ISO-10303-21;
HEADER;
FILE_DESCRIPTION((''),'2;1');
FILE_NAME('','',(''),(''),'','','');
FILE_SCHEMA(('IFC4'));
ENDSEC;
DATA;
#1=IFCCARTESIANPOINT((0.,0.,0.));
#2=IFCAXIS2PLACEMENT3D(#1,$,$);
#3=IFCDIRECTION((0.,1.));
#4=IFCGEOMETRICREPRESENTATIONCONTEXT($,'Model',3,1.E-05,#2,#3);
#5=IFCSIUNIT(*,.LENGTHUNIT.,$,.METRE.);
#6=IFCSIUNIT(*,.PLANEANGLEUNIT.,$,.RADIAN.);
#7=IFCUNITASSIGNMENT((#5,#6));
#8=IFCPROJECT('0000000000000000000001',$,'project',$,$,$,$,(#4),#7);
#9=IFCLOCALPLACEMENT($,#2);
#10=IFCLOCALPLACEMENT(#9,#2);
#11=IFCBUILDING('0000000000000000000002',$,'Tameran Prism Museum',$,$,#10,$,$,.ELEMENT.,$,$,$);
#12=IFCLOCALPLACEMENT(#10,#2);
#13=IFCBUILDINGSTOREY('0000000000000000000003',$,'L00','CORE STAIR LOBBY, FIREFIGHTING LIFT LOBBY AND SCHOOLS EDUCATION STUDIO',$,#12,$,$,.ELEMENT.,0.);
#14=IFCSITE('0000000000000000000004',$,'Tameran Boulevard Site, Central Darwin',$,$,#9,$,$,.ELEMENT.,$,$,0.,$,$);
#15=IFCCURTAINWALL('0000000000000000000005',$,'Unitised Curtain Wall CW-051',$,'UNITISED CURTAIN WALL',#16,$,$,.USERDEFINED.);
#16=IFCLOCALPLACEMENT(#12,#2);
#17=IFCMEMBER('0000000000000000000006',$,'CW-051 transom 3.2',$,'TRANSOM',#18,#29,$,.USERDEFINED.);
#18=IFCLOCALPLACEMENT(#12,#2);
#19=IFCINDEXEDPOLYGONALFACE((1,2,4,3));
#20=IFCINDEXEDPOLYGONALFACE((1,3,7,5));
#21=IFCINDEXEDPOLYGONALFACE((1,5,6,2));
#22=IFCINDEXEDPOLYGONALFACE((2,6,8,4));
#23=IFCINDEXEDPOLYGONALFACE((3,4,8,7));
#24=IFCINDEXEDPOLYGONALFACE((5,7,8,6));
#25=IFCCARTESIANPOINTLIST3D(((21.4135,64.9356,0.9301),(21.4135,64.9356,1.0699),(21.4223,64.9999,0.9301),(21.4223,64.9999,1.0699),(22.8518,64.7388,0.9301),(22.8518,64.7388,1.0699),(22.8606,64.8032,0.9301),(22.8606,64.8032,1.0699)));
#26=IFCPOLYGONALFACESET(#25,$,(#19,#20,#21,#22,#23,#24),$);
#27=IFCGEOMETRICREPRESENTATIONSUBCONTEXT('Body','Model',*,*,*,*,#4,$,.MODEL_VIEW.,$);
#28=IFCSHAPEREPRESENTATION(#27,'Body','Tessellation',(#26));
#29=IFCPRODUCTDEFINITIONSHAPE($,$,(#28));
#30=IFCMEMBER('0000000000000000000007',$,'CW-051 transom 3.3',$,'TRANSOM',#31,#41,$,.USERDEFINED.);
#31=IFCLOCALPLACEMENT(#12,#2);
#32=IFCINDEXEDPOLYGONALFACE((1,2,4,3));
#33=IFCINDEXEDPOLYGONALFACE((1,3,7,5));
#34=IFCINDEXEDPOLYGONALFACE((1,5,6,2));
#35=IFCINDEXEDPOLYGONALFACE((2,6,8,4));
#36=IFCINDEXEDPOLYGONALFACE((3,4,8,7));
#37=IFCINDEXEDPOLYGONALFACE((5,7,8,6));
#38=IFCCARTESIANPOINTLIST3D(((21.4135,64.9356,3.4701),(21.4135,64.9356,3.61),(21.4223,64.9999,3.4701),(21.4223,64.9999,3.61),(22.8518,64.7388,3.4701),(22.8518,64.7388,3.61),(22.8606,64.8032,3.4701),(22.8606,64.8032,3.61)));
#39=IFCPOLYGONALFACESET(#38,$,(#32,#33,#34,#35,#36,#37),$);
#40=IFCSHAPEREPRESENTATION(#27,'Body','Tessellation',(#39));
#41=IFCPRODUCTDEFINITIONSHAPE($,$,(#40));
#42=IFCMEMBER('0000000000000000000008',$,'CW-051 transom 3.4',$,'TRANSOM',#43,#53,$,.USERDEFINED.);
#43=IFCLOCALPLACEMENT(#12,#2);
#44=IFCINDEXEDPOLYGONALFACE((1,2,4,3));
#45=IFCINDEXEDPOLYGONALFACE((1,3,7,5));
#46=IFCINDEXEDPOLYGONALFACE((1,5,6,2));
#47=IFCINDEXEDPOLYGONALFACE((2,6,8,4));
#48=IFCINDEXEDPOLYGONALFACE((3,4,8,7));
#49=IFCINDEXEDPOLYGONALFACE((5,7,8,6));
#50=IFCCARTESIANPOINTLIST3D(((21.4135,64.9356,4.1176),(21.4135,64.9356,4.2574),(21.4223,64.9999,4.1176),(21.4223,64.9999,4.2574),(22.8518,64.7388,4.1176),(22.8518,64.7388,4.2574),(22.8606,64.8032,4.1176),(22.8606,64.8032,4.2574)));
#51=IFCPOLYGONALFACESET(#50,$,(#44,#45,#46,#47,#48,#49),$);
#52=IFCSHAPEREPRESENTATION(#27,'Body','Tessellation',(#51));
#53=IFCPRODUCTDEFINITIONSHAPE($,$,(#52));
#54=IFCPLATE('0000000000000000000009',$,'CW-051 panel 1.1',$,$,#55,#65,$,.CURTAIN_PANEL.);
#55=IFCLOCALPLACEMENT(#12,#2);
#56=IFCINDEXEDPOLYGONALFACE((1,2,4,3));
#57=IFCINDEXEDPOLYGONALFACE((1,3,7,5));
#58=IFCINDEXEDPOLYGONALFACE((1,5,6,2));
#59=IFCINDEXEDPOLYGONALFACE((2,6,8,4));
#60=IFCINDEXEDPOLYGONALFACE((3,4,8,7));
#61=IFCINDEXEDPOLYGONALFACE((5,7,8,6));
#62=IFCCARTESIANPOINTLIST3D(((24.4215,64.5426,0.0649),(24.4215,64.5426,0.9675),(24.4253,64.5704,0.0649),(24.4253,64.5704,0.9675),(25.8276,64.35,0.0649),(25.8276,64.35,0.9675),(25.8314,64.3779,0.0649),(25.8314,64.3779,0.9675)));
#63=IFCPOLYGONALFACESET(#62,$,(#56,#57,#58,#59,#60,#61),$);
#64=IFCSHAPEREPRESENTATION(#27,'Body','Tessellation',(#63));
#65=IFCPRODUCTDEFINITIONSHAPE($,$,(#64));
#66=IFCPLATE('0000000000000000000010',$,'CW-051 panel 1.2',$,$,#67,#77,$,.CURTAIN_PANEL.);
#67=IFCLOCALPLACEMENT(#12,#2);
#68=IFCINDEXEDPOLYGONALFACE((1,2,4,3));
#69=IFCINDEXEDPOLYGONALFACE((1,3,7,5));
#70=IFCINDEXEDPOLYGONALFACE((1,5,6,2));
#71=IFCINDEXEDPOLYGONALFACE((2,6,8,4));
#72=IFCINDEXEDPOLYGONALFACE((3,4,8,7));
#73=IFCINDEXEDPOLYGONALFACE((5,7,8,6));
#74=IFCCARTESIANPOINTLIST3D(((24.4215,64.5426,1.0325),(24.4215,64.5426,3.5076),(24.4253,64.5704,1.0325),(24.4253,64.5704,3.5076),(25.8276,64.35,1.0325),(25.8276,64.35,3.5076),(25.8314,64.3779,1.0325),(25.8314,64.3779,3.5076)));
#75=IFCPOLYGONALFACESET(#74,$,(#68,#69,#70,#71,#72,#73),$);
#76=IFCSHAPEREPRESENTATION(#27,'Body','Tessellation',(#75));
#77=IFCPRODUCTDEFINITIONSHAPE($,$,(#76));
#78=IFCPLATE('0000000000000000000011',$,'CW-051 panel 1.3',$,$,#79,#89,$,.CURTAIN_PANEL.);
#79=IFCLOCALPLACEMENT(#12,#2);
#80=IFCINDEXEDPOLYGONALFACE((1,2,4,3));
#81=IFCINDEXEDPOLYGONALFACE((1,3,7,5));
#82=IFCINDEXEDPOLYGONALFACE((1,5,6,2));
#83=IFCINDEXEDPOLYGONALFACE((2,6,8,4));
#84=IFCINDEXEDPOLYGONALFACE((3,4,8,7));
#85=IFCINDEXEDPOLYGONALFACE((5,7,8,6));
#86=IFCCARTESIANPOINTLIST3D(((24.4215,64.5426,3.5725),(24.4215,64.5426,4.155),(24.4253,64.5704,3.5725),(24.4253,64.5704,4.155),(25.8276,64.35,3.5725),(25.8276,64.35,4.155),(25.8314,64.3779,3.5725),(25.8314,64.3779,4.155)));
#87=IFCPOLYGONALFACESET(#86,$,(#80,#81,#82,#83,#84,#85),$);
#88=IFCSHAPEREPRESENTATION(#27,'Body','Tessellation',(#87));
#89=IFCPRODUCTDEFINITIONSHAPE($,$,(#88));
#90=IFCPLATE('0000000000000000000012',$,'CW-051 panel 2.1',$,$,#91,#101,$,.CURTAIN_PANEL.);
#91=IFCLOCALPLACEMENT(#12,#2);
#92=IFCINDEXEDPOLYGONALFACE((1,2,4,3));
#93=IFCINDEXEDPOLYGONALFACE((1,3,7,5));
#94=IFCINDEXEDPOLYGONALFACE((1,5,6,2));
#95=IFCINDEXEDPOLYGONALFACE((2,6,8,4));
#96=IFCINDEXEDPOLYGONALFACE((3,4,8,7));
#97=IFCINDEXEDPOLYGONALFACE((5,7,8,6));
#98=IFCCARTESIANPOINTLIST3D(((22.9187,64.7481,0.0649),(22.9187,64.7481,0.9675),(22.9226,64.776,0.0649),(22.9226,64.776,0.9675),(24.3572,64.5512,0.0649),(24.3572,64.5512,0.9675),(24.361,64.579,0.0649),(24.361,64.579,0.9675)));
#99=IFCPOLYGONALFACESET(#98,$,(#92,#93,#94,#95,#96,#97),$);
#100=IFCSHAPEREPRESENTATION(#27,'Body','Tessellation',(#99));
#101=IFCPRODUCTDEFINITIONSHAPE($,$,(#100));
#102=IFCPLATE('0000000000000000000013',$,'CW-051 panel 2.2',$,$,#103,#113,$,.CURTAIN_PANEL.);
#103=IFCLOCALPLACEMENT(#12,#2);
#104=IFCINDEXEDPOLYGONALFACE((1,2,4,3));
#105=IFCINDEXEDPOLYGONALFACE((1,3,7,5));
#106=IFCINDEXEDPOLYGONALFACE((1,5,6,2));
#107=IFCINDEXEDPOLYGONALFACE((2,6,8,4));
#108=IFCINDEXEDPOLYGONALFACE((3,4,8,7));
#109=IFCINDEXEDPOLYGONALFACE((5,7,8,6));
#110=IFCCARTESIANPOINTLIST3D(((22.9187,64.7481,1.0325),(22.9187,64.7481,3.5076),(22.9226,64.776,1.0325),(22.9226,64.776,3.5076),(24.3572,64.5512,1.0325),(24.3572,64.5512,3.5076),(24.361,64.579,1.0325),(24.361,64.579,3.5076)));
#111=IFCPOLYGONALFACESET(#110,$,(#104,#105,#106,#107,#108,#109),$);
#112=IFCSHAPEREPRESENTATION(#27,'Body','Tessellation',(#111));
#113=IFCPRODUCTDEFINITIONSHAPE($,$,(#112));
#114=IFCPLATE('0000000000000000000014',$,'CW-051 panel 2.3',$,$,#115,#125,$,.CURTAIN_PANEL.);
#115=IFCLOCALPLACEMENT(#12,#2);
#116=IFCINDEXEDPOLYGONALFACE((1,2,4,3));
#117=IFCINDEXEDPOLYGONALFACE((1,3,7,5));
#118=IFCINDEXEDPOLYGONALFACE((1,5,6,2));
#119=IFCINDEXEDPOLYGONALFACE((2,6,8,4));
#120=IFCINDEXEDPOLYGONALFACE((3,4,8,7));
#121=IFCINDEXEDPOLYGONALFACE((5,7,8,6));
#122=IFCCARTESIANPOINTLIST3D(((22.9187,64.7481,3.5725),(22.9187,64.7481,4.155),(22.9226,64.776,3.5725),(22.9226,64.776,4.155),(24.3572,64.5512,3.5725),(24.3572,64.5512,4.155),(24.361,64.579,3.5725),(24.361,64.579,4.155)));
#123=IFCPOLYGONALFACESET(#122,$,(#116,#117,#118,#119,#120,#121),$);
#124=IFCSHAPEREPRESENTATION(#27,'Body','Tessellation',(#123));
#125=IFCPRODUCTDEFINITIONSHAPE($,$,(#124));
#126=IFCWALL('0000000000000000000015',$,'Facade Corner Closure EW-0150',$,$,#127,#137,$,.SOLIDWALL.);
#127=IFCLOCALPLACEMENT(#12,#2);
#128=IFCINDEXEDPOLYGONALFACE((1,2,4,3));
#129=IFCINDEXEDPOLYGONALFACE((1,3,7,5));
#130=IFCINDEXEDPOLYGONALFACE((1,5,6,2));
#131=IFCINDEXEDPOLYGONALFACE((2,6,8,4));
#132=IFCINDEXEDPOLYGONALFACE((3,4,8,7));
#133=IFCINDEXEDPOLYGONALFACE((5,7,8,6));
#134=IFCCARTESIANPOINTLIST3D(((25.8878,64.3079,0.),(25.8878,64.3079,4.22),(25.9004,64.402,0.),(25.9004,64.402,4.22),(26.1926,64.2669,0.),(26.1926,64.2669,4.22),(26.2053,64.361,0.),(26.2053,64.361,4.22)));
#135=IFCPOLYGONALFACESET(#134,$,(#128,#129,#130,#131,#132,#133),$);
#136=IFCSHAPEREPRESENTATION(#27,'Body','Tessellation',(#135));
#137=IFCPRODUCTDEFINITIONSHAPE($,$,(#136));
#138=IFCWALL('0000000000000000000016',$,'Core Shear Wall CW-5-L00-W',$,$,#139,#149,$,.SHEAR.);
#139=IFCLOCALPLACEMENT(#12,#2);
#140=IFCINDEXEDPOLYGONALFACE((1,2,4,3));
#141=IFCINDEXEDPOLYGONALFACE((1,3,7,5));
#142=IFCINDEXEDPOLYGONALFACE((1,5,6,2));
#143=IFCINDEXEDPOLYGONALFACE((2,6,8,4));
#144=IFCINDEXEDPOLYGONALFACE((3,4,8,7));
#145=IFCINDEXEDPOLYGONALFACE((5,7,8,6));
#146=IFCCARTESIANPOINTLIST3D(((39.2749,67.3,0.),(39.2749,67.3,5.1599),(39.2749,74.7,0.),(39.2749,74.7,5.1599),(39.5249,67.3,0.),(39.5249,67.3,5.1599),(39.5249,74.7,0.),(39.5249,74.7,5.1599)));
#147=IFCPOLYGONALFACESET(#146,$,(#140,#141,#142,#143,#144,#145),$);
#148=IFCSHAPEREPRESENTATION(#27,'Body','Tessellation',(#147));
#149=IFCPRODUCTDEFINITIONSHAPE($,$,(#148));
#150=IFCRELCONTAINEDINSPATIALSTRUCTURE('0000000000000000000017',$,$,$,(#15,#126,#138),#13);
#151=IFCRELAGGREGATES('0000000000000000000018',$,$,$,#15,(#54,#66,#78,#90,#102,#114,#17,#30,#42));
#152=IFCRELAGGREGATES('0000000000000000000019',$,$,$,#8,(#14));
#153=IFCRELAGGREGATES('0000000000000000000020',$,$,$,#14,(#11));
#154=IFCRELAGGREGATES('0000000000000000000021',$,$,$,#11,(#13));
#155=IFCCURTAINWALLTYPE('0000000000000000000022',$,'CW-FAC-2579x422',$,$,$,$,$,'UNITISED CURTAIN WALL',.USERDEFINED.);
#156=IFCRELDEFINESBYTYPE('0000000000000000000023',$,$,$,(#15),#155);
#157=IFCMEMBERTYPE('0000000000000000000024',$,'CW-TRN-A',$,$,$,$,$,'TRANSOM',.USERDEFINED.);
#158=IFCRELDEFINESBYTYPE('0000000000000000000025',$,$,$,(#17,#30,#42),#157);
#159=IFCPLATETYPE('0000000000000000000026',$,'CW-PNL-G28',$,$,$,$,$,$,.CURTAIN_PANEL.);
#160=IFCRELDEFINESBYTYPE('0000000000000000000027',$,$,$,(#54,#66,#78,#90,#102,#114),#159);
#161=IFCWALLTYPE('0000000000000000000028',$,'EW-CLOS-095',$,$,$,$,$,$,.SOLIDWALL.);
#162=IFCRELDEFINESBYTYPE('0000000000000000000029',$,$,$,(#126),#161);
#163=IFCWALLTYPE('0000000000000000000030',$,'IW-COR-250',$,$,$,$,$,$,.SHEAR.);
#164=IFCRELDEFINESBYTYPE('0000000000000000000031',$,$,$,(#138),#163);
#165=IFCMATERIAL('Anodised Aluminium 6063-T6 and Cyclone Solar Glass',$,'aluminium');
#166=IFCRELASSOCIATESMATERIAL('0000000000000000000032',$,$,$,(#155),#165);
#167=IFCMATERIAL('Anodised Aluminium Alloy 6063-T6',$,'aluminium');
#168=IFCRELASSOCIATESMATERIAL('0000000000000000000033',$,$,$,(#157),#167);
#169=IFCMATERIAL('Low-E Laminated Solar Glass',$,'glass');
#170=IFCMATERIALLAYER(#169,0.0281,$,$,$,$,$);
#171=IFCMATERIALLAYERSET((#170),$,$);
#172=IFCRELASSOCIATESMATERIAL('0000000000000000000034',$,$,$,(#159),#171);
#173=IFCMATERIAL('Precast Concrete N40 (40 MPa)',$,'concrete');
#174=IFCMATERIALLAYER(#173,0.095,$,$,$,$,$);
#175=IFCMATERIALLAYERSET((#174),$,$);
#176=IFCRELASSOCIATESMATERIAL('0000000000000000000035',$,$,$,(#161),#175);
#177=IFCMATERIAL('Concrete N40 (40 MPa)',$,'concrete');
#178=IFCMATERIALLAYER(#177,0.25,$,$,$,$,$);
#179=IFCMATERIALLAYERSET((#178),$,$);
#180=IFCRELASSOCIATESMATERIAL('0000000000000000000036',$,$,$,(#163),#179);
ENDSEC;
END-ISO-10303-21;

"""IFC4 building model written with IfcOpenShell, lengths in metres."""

from ifc_helpers import new_model, si_unit, direction, frame, frame_2d, origin, origin_2d, place, context, subcontext, project, spatial, rectangle, extrude, material, layer, layer_set, material_profile, profile_set, type_object, element, aggregate, save


model = new_model("IFC4")

# Units and contexts
model_context = context("Model", 3, precision=1e-05, world=origin(), true_north=direction((0.0, 1.0)))
body_context = subcontext(model_context, "Body", "Model", "MODEL_VIEW")
ifc_project = project(units=[si_unit("LENGTHUNIT", "METRE"), si_unit("PLANEANGLEUNIT", "RADIAN")], contexts=[model_context])

# Site, building, storey
site_placement = place(None, origin())
site = spatial("IfcSite", under=ifc_project, at=site_placement, Name="Tameran Boulevard Site, Central Darwin", CompositionType="ELEMENT", RefElevation=0.0)
building_placement = place(site_placement, origin())
building = spatial("IfcBuilding", under=site, at=building_placement, Name="Tameran Prism Museum", CompositionType="ELEMENT")
storey_placement = place(building_placement, origin())
storey = spatial("IfcBuildingStorey", under=building, at=storey_placement, Name="L00", Description="CORE STAIR LOBBY, FIREFIGHTING LIFT LOBBY AND SCHOOLS EDUCATION STUDIO", CompositionType="ELEMENT", Elevation=0.0)

# Curtain wall, members, plates
ifc_material_1 = material(Name="Anodised Aluminium 6063-T6 and Cyclone Solar Glass", Category="aluminium")
curtain_wall_type = type_object("IfcCurtainWallType", Name="CW-FAC-2579x422", ElementType="UNITISED CURTAIN WALL", PredefinedType="USERDEFINED", material=ifc_material_1)
curtain_wall_placement = place(storey_placement, origin())
curtain_wall = element("IfcCurtainWall", 1, at=curtain_wall_placement, inside=storey, type_object=curtain_wall_type, Name="Unitised Curtain Wall CW-051", ObjectType="UNITISED CURTAIN WALL", PredefinedType="USERDEFINED")
ifc_material_2 = material(Name="Anodised Aluminium Alloy 6063-T6", Category="aluminium")
ifc_material_profile_1 = material_profile(ifc_material_2, rectangle(XDim=0.0649, YDim=0.1399, at=origin_2d()))
ifc_profile_set_1 = profile_set([ifc_material_profile_1])
member_type_1 = type_object("IfcMemberType", Name="CW-TRN-A", ElementType="TRANSOM", PredefinedType="USERDEFINED", material=ifc_profile_set_1)
member_1_placement = place(storey_placement, frame((22.8562, 64.771, 1.0), z_axis=(-0.99077, 0.135556, 0.0), x_axis=(-0.135556, -0.99077, 0.0)))
member_1 = element("IfcMember", 2, at=member_1_placement, type_object=member_type_1, Name="CW-051 transom 3.2", ObjectType="TRANSOM", PredefinedType="USERDEFINED", context=body_context, shape_type="SweptSolid", body=[
    extrude(rectangle(XDim=0.0649, YDim=0.1399, at=origin_2d()), origin(), (0.0, 0.0, 1.0), 1.4517),
])
member_2_placement = place(storey_placement, frame((22.8562, 64.771, 3.54), z_axis=(-0.99077, 0.135556, 0.0), x_axis=(-0.135556, -0.99077, 0.0)))
member_2 = element("IfcMember", 3, at=member_2_placement, type_object=member_type_1, Name="CW-051 transom 3.3", ObjectType="TRANSOM", PredefinedType="USERDEFINED", context=body_context, shape_type="SweptSolid", body=[
    extrude(rectangle(XDim=0.0649, YDim=0.1399, at=origin_2d()), origin(), (0.0, 0.0, 1.0), 1.4517),
])
member_3_placement = place(storey_placement, frame((22.8562, 64.771, 4.1875), z_axis=(-0.99077, 0.135556, 0.0), x_axis=(-0.135556, -0.99077, 0.0)))
member_3 = element("IfcMember", 4, at=member_3_placement, type_object=member_type_1, Name="CW-051 transom 3.4", ObjectType="TRANSOM", PredefinedType="USERDEFINED", context=body_context, shape_type="SweptSolid", body=[
    extrude(rectangle(XDim=0.0649, YDim=0.1399, at=origin_2d()), origin(), (0.0, 0.0, 1.0), 1.4517),
])
ifc_material_3 = material(Name="Low-E Laminated Solar Glass", Category="glass")
ifc_layer_1 = layer(ifc_material_3, 0.0281)
ifc_layer_set_1 = layer_set([ifc_layer_1])
plate_type = type_object("IfcPlateType", Name="CW-PNL-G28", PredefinedType="CURTAIN_PANEL", material=ifc_layer_set_1)
plate_1_placement = place(storey_placement, frame((25.1265, 64.4602, 0.0649), z_axis=(0.0, 0.0, 1.0), x_axis=(-0.990756, 0.135658, 0.0)))
plate_1 = element("IfcPlate", 5, at=plate_1_placement, type_object=plate_type, Name="CW-051 panel 1.1", PredefinedType="CURTAIN_PANEL", context=body_context, shape_type="SweptSolid", body=[
    extrude(rectangle(XDim=1.4192, YDim=0.0281, at=origin_2d()), origin(), (0.0, 0.0, 1.0), 0.9026),
])
plate_2_placement = place(storey_placement, frame((25.1265, 64.4602, 1.0325), z_axis=(0.0, 0.0, 1.0), x_axis=(-0.990756, 0.135658, 0.0)))
plate_2 = element("IfcPlate", 6, at=plate_2_placement, type_object=plate_type, Name="CW-051 panel 1.2", PredefinedType="CURTAIN_PANEL", context=body_context, shape_type="SweptSolid", body=[
    extrude(rectangle(XDim=1.4192, YDim=0.0281, at=origin_2d()), origin(), (0.0, 0.0, 1.0), 2.4751),
])
plate_3_placement = place(storey_placement, frame((25.1265, 64.4602, 3.5725), z_axis=(0.0, 0.0, 1.0), x_axis=(-0.990756, 0.135658, 0.0)))
plate_3 = element("IfcPlate", 7, at=plate_3_placement, type_object=plate_type, Name="CW-051 panel 1.3", PredefinedType="CURTAIN_PANEL", context=body_context, shape_type="SweptSolid", body=[
    extrude(rectangle(XDim=1.4192, YDim=0.0281, at=origin_2d()), origin(), (0.0, 0.0, 1.0), 0.5825),
])
plate_4_placement = place(storey_placement, frame((23.6399, 64.6636, 0.0649), z_axis=(0.0, 0.0, 1.0), x_axis=(-0.990756, 0.135658, 0.0)))
plate_4 = element("IfcPlate", 8, at=plate_4_placement, type_object=plate_type, Name="CW-051 panel 2.1", PredefinedType="CURTAIN_PANEL", context=body_context, shape_type="SweptSolid", body=[
    extrude(rectangle(XDim=1.4519, YDim=0.0281, at=origin_2d()), origin(), (0.0, 0.0, 1.0), 0.9026),
])
plate_5_placement = place(storey_placement, frame((23.6399, 64.6636, 1.0325), z_axis=(0.0, 0.0, 1.0), x_axis=(-0.990756, 0.135658, 0.0)))
plate_5 = element("IfcPlate", 9, at=plate_5_placement, type_object=plate_type, Name="CW-051 panel 2.2", PredefinedType="CURTAIN_PANEL", context=body_context, shape_type="SweptSolid", body=[
    extrude(rectangle(XDim=1.4519, YDim=0.0281, at=origin_2d()), origin(), (0.0, 0.0, 1.0), 2.4751),
])
plate_6_placement = place(storey_placement, frame((23.6399, 64.6636, 3.5725), z_axis=(0.0, 0.0, 1.0), x_axis=(-0.990756, 0.135658, 0.0)))
plate_6 = element("IfcPlate", 10, at=plate_6_placement, type_object=plate_type, Name="CW-051 panel 2.3", PredefinedType="CURTAIN_PANEL", context=body_context, shape_type="SweptSolid", body=[
    extrude(rectangle(XDim=1.4519, YDim=0.0281, at=origin_2d()), origin(), (0.0, 0.0, 1.0), 0.5825),
])
aggregate(curtain_wall, [plate_1, plate_2, plate_3, plate_4, plate_5, plate_6, member_1, member_2, member_3])

# Walls
ifc_material_4 = material(Name="Precast Concrete N40 (40 MPa)", Category="concrete")
ifc_layer_2 = layer(ifc_material_4, 0.095)
ifc_layer_set_2 = layer_set([ifc_layer_2])
wall_type_1 = type_object("IfcWallType", Name="EW-CLOS-095", PredefinedType="SOLIDWALL", material=ifc_layer_set_2)
wall_1_placement = place(storey_placement, frame((26.199, 64.314, 0.0), z_axis=(0.0, 0.0, 1.0), x_axis=(-0.991075, 0.133307, 0.0)))
element("IfcWall", 11, at=wall_1_placement, inside=storey, type_object=wall_type_1, Name="Facade Corner Closure EW-0150", PredefinedType="SOLIDWALL", context=body_context, shape_type="SweptSolid", body=[
    extrude(rectangle(XDim=0.3076, YDim=0.095, at=frame_2d((0.1538, 0.0))), origin(), (0.0, 0.0, 1.0), 4.22),
])
ifc_material_5 = material(Name="Concrete N40 (40 MPa)", Category="concrete")
ifc_layer_3 = layer(ifc_material_5, 0.25)
ifc_layer_set_3 = layer_set([ifc_layer_3])
wall_type_2 = type_object("IfcWallType", Name="IW-COR-250", PredefinedType="SHEAR", material=ifc_layer_set_3)
wall_2_placement = place(storey_placement, frame((39.3999, 67.3, 0.0), z_axis=(0.0, 0.0, 1.0), x_axis=(0.0, 1.0, 0.0)))
element("IfcWall", 12, at=wall_2_placement, inside=storey, type_object=wall_type_2, Name="Core Shear Wall CW-5-L00-W", PredefinedType="SHEAR", context=body_context, shape_type="SweptSolid", body=[
    extrude(rectangle(XDim=7.3999, YDim=0.25, at=frame_2d((3.7, 0.0))), origin(), (0.0, 0.0, 1.0), 5.1599),
])

save(model, "model.ifc")
